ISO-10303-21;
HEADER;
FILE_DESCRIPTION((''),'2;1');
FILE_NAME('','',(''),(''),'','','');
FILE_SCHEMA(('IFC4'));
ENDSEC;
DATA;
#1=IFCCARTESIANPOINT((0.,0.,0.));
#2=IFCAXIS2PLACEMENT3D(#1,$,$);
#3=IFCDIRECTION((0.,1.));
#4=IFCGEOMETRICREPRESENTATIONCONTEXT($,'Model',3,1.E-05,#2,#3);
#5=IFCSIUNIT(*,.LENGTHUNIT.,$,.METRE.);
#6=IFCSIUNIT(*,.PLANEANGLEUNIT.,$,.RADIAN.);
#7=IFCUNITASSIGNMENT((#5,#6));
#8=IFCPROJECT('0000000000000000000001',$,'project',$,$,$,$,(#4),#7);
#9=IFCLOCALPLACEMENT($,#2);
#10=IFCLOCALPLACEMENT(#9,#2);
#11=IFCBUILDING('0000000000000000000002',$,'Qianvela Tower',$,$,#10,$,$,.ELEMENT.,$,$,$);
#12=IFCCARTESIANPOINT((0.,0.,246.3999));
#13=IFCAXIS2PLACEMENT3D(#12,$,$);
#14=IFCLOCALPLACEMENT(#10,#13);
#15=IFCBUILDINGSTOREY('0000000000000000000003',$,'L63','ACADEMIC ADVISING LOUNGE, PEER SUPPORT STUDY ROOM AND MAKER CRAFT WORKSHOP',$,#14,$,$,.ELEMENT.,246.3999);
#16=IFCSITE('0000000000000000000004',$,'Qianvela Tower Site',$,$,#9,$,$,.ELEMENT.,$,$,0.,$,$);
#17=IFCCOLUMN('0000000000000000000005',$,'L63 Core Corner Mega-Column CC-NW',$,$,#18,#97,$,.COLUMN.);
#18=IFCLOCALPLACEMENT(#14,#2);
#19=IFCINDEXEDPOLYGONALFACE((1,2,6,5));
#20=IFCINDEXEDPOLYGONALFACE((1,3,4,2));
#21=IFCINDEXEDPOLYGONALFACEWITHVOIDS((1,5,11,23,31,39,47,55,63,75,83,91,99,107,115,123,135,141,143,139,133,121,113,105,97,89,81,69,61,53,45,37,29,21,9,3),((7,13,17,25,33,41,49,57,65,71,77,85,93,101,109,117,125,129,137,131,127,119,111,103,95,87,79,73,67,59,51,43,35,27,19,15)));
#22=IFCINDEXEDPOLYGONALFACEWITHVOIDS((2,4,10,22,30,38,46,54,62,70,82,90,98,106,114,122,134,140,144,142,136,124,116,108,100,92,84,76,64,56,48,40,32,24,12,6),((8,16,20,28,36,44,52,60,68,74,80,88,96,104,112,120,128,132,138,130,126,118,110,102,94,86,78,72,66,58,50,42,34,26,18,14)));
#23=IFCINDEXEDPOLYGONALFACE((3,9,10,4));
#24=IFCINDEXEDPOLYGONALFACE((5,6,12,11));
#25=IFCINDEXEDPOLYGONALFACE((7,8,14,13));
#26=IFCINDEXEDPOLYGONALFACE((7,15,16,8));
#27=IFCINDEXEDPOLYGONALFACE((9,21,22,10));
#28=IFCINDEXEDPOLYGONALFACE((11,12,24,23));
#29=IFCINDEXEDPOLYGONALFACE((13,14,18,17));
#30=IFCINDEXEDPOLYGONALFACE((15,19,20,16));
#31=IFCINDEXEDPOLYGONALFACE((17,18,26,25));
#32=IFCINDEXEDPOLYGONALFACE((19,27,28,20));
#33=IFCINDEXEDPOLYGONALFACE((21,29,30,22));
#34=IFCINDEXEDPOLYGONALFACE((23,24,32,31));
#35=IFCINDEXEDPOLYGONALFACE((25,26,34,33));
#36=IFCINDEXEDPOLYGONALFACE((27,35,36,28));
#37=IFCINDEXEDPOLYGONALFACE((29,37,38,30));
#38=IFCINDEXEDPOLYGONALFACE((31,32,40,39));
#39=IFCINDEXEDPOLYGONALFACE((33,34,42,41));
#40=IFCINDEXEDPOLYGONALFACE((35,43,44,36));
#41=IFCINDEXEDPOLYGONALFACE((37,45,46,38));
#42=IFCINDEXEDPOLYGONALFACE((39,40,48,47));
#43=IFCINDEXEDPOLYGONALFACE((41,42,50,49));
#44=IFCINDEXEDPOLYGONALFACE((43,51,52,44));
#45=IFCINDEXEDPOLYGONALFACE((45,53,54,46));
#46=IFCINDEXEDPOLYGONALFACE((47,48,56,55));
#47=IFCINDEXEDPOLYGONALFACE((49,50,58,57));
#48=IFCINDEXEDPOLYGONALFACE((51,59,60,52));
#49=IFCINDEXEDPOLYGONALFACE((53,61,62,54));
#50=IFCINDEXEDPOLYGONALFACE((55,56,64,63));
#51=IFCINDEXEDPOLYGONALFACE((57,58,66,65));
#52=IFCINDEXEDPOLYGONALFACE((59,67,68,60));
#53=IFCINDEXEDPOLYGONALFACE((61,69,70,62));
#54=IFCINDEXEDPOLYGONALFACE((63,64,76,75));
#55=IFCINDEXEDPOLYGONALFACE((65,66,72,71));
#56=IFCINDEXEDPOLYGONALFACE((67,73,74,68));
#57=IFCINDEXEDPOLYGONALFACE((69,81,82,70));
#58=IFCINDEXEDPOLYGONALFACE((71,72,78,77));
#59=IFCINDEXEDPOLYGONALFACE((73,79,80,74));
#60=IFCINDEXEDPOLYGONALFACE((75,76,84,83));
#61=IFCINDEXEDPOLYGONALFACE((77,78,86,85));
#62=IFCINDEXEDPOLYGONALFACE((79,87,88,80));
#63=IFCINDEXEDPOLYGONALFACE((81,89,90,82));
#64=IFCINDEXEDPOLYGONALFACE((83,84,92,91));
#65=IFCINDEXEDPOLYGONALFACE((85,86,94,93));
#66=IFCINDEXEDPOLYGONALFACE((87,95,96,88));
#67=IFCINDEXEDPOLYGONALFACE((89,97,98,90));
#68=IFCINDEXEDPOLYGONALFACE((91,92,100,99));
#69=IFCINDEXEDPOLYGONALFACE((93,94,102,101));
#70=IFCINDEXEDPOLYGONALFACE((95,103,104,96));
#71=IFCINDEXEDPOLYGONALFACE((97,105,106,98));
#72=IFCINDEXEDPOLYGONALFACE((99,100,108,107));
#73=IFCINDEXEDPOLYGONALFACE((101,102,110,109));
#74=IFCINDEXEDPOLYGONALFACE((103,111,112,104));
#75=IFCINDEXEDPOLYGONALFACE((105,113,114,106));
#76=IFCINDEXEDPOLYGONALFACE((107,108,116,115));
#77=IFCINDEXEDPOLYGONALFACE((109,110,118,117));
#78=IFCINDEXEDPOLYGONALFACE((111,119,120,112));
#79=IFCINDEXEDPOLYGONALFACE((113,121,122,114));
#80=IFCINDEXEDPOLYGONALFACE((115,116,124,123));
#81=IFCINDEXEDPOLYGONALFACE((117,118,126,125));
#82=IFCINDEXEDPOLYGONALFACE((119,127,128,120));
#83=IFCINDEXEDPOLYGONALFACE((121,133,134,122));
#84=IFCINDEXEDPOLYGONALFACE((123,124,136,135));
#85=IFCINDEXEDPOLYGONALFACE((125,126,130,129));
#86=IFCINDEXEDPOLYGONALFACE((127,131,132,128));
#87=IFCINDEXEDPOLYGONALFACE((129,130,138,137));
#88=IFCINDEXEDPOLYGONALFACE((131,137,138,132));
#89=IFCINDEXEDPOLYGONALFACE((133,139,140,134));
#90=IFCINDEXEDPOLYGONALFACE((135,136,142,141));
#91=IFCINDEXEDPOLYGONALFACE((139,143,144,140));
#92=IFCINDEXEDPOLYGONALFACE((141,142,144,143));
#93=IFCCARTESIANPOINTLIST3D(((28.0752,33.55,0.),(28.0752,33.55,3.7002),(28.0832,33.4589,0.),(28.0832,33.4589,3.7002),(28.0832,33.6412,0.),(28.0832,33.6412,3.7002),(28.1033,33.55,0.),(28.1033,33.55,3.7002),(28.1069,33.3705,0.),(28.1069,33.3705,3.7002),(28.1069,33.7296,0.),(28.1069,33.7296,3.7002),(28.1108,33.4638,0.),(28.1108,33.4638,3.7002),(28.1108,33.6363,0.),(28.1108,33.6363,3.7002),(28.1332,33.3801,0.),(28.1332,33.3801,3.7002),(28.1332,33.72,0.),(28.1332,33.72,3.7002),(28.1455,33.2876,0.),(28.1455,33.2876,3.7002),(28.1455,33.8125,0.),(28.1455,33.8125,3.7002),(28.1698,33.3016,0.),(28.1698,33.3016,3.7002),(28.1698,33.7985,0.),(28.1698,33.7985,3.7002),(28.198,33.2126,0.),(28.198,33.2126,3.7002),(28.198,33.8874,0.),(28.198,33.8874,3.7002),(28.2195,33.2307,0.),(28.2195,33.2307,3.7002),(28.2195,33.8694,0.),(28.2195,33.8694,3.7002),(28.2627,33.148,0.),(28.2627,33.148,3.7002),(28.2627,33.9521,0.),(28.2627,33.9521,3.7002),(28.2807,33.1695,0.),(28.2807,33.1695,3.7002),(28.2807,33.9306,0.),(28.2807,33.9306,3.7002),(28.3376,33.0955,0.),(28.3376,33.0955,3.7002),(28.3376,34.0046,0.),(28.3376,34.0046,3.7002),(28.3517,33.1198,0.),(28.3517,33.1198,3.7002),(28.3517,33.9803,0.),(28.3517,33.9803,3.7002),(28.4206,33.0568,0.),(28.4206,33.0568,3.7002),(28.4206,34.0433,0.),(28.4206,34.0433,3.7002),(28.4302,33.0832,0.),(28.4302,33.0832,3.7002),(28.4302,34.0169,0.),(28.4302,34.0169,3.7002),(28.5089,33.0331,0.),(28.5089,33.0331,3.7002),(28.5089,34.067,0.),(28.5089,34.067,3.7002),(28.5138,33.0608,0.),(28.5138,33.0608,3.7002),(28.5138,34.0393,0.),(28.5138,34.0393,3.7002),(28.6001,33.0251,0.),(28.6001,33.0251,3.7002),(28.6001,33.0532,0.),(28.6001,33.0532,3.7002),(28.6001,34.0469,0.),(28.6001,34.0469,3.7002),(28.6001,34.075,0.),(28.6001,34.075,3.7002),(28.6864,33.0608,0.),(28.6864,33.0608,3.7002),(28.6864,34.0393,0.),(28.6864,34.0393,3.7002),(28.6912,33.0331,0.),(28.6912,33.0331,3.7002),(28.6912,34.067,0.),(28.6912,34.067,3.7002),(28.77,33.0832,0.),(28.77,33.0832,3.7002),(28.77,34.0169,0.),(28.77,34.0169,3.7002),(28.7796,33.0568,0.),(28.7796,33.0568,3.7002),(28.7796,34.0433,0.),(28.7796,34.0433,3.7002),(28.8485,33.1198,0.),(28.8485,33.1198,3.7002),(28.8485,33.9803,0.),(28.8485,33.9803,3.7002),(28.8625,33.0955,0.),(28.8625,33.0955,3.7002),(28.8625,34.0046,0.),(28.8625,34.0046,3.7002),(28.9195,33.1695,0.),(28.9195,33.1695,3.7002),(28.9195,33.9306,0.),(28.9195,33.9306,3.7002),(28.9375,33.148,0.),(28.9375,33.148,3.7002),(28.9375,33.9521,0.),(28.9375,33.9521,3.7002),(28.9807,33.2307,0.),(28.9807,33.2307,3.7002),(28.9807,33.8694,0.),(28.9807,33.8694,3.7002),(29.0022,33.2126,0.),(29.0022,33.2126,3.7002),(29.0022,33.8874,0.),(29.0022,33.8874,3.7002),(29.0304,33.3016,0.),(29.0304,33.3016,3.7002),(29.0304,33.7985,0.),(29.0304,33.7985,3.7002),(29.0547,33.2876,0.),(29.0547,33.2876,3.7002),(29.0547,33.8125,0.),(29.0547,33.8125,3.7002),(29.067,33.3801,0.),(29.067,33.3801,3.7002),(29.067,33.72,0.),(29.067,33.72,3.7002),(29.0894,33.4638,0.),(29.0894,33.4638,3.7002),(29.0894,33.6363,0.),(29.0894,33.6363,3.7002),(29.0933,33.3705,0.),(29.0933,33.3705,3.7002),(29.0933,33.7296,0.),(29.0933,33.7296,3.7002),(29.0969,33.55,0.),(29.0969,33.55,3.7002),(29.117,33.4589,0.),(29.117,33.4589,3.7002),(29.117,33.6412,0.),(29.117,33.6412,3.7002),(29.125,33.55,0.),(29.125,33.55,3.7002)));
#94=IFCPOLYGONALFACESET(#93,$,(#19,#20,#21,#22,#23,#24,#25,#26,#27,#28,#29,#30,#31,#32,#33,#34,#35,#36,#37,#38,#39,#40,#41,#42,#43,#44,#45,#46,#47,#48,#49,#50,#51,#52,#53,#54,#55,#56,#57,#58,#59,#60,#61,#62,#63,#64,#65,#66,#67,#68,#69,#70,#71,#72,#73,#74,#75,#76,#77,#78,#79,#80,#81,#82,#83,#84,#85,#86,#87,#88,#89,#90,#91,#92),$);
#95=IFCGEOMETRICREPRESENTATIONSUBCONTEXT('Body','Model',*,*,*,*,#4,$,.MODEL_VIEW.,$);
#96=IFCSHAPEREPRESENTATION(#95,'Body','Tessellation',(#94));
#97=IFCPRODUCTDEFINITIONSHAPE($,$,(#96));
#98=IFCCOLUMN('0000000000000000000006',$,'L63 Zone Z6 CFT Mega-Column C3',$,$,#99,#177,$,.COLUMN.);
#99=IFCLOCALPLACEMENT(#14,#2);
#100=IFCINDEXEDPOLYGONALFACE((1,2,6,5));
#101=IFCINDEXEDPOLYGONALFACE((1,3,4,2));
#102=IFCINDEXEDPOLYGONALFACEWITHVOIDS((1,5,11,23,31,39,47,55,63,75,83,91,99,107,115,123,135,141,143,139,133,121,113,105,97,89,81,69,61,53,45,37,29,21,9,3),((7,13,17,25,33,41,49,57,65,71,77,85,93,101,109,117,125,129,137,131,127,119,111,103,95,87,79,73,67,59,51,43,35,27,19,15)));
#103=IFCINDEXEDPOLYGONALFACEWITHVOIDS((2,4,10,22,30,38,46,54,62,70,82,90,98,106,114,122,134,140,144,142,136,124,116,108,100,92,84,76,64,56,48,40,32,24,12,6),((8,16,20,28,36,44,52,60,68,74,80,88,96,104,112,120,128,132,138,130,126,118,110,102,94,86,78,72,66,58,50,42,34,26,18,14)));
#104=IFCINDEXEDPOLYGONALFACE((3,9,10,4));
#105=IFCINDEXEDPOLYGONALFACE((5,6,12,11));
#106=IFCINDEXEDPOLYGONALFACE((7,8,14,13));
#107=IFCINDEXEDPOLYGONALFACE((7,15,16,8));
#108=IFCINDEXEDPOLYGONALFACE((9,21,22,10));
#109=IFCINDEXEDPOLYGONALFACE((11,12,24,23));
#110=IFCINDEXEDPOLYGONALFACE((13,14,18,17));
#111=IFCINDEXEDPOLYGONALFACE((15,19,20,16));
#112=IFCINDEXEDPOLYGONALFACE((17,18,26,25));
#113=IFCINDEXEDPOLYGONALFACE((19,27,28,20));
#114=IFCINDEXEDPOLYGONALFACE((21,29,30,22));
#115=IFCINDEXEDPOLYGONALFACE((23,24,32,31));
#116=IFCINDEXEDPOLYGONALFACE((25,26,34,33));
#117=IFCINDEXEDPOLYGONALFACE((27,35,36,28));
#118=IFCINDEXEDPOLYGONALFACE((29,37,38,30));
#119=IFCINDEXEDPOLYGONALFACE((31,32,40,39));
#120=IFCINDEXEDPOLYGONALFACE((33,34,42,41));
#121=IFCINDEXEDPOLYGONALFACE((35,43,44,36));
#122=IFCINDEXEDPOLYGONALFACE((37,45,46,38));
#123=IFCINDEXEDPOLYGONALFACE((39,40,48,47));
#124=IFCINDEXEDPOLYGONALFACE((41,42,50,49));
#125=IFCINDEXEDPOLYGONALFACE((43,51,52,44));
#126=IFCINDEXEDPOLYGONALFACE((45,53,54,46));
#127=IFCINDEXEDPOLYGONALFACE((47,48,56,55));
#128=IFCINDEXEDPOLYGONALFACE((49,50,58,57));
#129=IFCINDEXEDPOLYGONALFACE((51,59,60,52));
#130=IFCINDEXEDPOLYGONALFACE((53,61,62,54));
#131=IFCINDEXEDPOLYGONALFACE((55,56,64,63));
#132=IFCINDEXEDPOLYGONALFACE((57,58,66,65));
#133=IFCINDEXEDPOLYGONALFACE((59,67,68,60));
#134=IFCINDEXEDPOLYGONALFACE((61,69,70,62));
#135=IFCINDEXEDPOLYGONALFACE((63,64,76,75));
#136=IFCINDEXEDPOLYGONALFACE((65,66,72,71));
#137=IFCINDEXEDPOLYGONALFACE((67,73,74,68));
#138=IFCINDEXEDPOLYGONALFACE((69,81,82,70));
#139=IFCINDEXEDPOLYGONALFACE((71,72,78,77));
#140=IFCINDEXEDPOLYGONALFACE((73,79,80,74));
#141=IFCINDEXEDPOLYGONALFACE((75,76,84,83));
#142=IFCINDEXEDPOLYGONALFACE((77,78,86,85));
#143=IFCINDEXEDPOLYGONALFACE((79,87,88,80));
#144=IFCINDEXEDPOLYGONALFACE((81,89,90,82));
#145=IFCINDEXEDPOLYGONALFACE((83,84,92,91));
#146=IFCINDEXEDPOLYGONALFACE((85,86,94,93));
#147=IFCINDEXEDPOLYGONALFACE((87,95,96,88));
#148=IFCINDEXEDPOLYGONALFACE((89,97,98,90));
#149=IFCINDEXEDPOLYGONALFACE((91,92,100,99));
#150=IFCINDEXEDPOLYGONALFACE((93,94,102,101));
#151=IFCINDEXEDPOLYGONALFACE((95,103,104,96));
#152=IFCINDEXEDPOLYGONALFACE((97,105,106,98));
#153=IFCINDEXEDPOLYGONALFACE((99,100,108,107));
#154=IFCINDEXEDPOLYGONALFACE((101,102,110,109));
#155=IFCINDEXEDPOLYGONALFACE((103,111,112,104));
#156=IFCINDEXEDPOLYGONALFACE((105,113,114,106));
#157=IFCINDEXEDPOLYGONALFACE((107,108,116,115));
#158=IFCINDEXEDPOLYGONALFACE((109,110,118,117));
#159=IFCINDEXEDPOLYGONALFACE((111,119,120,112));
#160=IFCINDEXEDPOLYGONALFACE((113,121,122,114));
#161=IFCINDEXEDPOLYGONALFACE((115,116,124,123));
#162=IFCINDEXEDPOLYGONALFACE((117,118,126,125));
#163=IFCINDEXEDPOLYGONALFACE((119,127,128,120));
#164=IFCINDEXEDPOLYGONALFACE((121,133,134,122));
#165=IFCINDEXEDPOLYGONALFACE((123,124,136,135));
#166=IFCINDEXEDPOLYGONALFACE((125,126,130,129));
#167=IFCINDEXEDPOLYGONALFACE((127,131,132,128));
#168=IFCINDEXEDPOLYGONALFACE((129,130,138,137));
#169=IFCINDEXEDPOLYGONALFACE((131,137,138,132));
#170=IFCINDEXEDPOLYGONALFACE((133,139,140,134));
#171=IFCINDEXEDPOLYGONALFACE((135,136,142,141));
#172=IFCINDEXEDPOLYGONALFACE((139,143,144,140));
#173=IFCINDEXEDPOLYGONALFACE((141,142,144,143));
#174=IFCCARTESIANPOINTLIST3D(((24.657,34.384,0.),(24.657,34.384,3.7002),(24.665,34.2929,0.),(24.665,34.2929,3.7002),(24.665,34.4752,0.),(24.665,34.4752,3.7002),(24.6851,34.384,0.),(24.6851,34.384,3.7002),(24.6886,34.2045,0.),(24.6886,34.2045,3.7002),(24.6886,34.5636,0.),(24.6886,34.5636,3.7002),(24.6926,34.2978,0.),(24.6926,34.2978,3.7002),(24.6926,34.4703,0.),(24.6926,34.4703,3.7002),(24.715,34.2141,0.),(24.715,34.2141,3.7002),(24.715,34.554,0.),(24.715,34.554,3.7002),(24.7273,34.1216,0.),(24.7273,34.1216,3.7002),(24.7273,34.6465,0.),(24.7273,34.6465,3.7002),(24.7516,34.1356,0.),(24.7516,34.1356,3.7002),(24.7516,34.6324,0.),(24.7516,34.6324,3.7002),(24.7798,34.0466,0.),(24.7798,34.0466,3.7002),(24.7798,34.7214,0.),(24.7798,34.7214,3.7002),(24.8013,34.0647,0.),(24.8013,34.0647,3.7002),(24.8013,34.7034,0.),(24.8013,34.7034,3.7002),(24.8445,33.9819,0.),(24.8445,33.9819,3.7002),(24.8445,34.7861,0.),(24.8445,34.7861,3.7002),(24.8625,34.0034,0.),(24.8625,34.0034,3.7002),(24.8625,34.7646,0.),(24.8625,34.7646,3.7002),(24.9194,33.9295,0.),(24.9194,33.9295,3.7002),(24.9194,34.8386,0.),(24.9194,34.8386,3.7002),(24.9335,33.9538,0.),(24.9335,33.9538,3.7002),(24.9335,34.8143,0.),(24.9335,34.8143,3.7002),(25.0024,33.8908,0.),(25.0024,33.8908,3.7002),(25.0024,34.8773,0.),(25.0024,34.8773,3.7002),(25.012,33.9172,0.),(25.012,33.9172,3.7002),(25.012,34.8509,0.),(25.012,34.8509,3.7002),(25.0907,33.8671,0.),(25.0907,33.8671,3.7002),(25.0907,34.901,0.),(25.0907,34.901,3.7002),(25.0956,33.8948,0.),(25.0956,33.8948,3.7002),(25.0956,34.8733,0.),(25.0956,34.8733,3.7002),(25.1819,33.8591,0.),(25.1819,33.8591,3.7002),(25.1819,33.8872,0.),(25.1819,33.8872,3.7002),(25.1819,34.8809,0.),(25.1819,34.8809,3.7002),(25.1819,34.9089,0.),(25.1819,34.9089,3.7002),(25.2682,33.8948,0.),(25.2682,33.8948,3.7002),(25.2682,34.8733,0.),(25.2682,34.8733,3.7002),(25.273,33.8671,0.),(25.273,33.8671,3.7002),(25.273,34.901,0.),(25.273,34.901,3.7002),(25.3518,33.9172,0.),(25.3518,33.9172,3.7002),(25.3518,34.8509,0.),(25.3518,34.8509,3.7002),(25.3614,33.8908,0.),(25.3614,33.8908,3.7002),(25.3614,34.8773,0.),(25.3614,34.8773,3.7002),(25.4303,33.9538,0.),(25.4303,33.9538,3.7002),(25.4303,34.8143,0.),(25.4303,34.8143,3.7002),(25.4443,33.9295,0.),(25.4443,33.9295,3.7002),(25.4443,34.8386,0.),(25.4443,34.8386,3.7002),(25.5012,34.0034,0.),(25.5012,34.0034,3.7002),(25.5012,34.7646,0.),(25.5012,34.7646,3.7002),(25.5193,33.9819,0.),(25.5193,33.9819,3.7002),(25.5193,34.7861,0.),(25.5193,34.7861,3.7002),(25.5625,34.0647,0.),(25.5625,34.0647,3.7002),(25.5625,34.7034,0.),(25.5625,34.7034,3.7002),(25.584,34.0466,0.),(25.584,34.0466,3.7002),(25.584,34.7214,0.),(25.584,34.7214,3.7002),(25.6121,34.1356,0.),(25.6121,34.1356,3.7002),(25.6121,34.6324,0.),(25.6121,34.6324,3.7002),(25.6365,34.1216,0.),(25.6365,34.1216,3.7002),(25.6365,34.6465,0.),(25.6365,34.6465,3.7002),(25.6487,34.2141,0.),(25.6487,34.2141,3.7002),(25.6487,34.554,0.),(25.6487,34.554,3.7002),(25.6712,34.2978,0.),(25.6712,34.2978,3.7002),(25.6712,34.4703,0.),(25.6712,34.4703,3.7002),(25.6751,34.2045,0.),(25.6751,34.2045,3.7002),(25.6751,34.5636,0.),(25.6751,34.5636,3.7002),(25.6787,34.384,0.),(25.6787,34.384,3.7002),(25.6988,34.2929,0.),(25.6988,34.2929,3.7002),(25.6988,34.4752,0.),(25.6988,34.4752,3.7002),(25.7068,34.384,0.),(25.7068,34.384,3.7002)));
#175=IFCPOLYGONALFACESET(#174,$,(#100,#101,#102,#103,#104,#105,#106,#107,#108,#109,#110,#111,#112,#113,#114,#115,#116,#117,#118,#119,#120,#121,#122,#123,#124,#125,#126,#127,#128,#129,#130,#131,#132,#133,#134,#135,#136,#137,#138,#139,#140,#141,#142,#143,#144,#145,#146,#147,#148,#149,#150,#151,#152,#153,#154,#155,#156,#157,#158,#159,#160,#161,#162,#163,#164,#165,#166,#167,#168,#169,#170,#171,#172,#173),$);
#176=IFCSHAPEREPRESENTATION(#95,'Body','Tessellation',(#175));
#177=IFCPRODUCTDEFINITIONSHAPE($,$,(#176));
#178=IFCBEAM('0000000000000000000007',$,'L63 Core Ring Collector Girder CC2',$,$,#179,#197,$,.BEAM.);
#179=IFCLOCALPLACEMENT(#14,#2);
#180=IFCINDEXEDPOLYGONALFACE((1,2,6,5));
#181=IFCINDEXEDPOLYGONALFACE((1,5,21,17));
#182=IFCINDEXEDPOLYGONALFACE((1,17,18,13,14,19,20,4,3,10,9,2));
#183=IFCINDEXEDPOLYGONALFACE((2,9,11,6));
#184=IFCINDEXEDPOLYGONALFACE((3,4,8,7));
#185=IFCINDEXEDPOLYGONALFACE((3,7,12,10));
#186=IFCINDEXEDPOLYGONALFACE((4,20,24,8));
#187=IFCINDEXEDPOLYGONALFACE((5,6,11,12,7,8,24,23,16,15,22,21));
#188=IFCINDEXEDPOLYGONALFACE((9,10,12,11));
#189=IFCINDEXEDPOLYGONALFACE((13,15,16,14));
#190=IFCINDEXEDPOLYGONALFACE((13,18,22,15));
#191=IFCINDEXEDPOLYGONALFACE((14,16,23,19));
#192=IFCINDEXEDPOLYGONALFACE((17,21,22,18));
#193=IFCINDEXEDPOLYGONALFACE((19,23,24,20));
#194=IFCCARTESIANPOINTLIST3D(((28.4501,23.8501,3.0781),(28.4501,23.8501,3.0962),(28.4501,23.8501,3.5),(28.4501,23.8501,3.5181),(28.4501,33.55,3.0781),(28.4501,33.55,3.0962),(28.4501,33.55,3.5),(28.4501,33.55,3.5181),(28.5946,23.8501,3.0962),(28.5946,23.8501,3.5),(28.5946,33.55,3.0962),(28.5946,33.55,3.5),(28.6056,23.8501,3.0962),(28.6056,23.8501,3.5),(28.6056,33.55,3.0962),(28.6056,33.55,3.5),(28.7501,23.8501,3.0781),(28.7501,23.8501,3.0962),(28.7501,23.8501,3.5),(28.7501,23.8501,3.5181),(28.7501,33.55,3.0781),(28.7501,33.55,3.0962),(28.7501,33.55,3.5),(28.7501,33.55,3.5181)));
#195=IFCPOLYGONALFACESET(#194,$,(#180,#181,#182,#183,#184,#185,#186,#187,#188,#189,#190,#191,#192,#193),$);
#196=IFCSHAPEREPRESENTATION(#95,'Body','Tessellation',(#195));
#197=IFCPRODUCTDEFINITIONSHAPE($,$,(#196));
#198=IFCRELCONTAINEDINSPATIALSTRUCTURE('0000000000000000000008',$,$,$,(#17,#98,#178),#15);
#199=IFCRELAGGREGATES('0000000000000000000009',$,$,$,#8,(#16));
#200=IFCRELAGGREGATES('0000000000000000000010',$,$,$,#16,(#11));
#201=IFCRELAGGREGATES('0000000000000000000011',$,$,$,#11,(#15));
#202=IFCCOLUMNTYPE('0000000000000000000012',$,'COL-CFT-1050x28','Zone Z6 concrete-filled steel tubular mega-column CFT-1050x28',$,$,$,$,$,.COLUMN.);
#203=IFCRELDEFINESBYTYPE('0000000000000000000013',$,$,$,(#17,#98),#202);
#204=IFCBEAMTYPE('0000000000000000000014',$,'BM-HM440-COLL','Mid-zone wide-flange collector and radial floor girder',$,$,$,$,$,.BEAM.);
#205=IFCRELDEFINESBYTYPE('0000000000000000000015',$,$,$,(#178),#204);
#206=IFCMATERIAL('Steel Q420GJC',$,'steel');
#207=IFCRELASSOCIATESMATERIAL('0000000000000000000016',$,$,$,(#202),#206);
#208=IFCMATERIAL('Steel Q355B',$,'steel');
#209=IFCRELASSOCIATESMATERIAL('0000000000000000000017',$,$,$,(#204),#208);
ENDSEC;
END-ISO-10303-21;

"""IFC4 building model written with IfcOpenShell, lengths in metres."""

from ifc_helpers import new_model, si_unit, direction, frame, origin, origin_2d, place, context, subcontext, project, spatial, hollow_circle, i_section, extrude, material, material_profile, profile_set, type_object, element, save


model = new_model("IFC4")

# Units and contexts
model_context = context("Model", 3, precision=1e-05, world=origin(), true_north=direction((0.0, 1.0)))
body_context = subcontext(model_context, "Body", "Model", "MODEL_VIEW")
ifc_project = project(units=[si_unit("LENGTHUNIT", "METRE"), si_unit("PLANEANGLEUNIT", "RADIAN")], contexts=[model_context])

# Site, building, storey
site_placement = place(None, origin())
site = spatial("IfcSite", under=ifc_project, at=site_placement, Name="Qianvela Tower Site", CompositionType="ELEMENT", RefElevation=0.0)
building_placement = place(site_placement, origin())
building = spatial("IfcBuilding", under=site, at=building_placement, Name="Qianvela Tower", CompositionType="ELEMENT")
storey_placement = place(building_placement, frame((0.0, 0.0, 246.3999)))
storey = spatial("IfcBuildingStorey", under=building, at=storey_placement, Name="L63", Description="ACADEMIC ADVISING LOUNGE, PEER SUPPORT STUDY ROOM AND MAKER CRAFT WORKSHOP", CompositionType="ELEMENT", Elevation=246.3999)

# Columns
ifc_material_1 = material(Name="Steel Q420GJC", Category="steel")
ifc_material_profile_1 = material_profile(ifc_material_1, hollow_circle(Radius=0.5249, WallThickness=0.0281, at=origin_2d()), Name="CFT-1050x28")
ifc_profile_set_1 = profile_set([ifc_material_profile_1], Name="Steel Q420GJC")
column_type = type_object("IfcColumnType", Name="COL-CFT-1050x28", Description="Zone Z6 concrete-filled steel tubular mega-column CFT-1050x28", PredefinedType="COLUMN", material=ifc_profile_set_1)
for number, where, z_axis, x_axis, name in (
    (1, (28.6001, 33.55, 0.0), (0.0, 0.0, 1.0), (1.0, 0.0, 0.0), "L63 Core Corner Mega-Column CC-NW"),
    (2, (25.1819, 34.384, 0.0), (0.0, 0.0, 1.0), (1.0, 0.0, 0.0), "L63 Zone Z6 CFT Mega-Column C3"),
):
    element("IfcColumn", number, at=place(storey_placement, frame(where, z_axis=z_axis, x_axis=x_axis)), inside=storey, type_object=column_type, Name=name, PredefinedType="COLUMN", context=body_context, shape_type="SweptSolid", body=[
        extrude(hollow_circle(Radius=0.5249, WallThickness=0.0281, at=origin_2d()), origin(), (0.0, 0.0, 1.0), 3.7002),
    ])

# Beam
ifc_material_2 = material(Name="Steel Q355B", Category="steel")
ifc_material_profile_2 = material_profile(ifc_material_2, i_section(OverallWidth=0.3, OverallDepth=0.4399, WebThickness=0.011, FlangeThickness=0.0181, at=origin_2d()), Name="HM440x300x11x18")
ifc_profile_set_2 = profile_set([ifc_material_profile_2], Name="Steel Q355B")
beam_type_1 = type_object("IfcBeamType", Name="BM-HM440-COLL", Description="Mid-zone wide-flange collector and radial floor girder", PredefinedType="BEAM", material=ifc_profile_set_2)
beam_1_placement = place(storey_placement, frame((28.6001, 33.55, 3.2981), z_axis=(0.0, -1.0, 0.0), x_axis=(1.0, 0.0, 0.0)))
element("IfcBeam", 3, at=beam_1_placement, inside=storey, type_object=beam_type_1, Name="L63 Core Ring Collector Girder CC2", PredefinedType="BEAM", context=body_context, shape_type="SweptSolid", body=[
    extrude(i_section(OverallWidth=0.3, OverallDepth=0.4399, WebThickness=0.011, FlangeThickness=0.0181, at=origin_2d()), origin(), (0.0, 0.0, 1.0), 9.7),
])

save(model, "model.ifc")
